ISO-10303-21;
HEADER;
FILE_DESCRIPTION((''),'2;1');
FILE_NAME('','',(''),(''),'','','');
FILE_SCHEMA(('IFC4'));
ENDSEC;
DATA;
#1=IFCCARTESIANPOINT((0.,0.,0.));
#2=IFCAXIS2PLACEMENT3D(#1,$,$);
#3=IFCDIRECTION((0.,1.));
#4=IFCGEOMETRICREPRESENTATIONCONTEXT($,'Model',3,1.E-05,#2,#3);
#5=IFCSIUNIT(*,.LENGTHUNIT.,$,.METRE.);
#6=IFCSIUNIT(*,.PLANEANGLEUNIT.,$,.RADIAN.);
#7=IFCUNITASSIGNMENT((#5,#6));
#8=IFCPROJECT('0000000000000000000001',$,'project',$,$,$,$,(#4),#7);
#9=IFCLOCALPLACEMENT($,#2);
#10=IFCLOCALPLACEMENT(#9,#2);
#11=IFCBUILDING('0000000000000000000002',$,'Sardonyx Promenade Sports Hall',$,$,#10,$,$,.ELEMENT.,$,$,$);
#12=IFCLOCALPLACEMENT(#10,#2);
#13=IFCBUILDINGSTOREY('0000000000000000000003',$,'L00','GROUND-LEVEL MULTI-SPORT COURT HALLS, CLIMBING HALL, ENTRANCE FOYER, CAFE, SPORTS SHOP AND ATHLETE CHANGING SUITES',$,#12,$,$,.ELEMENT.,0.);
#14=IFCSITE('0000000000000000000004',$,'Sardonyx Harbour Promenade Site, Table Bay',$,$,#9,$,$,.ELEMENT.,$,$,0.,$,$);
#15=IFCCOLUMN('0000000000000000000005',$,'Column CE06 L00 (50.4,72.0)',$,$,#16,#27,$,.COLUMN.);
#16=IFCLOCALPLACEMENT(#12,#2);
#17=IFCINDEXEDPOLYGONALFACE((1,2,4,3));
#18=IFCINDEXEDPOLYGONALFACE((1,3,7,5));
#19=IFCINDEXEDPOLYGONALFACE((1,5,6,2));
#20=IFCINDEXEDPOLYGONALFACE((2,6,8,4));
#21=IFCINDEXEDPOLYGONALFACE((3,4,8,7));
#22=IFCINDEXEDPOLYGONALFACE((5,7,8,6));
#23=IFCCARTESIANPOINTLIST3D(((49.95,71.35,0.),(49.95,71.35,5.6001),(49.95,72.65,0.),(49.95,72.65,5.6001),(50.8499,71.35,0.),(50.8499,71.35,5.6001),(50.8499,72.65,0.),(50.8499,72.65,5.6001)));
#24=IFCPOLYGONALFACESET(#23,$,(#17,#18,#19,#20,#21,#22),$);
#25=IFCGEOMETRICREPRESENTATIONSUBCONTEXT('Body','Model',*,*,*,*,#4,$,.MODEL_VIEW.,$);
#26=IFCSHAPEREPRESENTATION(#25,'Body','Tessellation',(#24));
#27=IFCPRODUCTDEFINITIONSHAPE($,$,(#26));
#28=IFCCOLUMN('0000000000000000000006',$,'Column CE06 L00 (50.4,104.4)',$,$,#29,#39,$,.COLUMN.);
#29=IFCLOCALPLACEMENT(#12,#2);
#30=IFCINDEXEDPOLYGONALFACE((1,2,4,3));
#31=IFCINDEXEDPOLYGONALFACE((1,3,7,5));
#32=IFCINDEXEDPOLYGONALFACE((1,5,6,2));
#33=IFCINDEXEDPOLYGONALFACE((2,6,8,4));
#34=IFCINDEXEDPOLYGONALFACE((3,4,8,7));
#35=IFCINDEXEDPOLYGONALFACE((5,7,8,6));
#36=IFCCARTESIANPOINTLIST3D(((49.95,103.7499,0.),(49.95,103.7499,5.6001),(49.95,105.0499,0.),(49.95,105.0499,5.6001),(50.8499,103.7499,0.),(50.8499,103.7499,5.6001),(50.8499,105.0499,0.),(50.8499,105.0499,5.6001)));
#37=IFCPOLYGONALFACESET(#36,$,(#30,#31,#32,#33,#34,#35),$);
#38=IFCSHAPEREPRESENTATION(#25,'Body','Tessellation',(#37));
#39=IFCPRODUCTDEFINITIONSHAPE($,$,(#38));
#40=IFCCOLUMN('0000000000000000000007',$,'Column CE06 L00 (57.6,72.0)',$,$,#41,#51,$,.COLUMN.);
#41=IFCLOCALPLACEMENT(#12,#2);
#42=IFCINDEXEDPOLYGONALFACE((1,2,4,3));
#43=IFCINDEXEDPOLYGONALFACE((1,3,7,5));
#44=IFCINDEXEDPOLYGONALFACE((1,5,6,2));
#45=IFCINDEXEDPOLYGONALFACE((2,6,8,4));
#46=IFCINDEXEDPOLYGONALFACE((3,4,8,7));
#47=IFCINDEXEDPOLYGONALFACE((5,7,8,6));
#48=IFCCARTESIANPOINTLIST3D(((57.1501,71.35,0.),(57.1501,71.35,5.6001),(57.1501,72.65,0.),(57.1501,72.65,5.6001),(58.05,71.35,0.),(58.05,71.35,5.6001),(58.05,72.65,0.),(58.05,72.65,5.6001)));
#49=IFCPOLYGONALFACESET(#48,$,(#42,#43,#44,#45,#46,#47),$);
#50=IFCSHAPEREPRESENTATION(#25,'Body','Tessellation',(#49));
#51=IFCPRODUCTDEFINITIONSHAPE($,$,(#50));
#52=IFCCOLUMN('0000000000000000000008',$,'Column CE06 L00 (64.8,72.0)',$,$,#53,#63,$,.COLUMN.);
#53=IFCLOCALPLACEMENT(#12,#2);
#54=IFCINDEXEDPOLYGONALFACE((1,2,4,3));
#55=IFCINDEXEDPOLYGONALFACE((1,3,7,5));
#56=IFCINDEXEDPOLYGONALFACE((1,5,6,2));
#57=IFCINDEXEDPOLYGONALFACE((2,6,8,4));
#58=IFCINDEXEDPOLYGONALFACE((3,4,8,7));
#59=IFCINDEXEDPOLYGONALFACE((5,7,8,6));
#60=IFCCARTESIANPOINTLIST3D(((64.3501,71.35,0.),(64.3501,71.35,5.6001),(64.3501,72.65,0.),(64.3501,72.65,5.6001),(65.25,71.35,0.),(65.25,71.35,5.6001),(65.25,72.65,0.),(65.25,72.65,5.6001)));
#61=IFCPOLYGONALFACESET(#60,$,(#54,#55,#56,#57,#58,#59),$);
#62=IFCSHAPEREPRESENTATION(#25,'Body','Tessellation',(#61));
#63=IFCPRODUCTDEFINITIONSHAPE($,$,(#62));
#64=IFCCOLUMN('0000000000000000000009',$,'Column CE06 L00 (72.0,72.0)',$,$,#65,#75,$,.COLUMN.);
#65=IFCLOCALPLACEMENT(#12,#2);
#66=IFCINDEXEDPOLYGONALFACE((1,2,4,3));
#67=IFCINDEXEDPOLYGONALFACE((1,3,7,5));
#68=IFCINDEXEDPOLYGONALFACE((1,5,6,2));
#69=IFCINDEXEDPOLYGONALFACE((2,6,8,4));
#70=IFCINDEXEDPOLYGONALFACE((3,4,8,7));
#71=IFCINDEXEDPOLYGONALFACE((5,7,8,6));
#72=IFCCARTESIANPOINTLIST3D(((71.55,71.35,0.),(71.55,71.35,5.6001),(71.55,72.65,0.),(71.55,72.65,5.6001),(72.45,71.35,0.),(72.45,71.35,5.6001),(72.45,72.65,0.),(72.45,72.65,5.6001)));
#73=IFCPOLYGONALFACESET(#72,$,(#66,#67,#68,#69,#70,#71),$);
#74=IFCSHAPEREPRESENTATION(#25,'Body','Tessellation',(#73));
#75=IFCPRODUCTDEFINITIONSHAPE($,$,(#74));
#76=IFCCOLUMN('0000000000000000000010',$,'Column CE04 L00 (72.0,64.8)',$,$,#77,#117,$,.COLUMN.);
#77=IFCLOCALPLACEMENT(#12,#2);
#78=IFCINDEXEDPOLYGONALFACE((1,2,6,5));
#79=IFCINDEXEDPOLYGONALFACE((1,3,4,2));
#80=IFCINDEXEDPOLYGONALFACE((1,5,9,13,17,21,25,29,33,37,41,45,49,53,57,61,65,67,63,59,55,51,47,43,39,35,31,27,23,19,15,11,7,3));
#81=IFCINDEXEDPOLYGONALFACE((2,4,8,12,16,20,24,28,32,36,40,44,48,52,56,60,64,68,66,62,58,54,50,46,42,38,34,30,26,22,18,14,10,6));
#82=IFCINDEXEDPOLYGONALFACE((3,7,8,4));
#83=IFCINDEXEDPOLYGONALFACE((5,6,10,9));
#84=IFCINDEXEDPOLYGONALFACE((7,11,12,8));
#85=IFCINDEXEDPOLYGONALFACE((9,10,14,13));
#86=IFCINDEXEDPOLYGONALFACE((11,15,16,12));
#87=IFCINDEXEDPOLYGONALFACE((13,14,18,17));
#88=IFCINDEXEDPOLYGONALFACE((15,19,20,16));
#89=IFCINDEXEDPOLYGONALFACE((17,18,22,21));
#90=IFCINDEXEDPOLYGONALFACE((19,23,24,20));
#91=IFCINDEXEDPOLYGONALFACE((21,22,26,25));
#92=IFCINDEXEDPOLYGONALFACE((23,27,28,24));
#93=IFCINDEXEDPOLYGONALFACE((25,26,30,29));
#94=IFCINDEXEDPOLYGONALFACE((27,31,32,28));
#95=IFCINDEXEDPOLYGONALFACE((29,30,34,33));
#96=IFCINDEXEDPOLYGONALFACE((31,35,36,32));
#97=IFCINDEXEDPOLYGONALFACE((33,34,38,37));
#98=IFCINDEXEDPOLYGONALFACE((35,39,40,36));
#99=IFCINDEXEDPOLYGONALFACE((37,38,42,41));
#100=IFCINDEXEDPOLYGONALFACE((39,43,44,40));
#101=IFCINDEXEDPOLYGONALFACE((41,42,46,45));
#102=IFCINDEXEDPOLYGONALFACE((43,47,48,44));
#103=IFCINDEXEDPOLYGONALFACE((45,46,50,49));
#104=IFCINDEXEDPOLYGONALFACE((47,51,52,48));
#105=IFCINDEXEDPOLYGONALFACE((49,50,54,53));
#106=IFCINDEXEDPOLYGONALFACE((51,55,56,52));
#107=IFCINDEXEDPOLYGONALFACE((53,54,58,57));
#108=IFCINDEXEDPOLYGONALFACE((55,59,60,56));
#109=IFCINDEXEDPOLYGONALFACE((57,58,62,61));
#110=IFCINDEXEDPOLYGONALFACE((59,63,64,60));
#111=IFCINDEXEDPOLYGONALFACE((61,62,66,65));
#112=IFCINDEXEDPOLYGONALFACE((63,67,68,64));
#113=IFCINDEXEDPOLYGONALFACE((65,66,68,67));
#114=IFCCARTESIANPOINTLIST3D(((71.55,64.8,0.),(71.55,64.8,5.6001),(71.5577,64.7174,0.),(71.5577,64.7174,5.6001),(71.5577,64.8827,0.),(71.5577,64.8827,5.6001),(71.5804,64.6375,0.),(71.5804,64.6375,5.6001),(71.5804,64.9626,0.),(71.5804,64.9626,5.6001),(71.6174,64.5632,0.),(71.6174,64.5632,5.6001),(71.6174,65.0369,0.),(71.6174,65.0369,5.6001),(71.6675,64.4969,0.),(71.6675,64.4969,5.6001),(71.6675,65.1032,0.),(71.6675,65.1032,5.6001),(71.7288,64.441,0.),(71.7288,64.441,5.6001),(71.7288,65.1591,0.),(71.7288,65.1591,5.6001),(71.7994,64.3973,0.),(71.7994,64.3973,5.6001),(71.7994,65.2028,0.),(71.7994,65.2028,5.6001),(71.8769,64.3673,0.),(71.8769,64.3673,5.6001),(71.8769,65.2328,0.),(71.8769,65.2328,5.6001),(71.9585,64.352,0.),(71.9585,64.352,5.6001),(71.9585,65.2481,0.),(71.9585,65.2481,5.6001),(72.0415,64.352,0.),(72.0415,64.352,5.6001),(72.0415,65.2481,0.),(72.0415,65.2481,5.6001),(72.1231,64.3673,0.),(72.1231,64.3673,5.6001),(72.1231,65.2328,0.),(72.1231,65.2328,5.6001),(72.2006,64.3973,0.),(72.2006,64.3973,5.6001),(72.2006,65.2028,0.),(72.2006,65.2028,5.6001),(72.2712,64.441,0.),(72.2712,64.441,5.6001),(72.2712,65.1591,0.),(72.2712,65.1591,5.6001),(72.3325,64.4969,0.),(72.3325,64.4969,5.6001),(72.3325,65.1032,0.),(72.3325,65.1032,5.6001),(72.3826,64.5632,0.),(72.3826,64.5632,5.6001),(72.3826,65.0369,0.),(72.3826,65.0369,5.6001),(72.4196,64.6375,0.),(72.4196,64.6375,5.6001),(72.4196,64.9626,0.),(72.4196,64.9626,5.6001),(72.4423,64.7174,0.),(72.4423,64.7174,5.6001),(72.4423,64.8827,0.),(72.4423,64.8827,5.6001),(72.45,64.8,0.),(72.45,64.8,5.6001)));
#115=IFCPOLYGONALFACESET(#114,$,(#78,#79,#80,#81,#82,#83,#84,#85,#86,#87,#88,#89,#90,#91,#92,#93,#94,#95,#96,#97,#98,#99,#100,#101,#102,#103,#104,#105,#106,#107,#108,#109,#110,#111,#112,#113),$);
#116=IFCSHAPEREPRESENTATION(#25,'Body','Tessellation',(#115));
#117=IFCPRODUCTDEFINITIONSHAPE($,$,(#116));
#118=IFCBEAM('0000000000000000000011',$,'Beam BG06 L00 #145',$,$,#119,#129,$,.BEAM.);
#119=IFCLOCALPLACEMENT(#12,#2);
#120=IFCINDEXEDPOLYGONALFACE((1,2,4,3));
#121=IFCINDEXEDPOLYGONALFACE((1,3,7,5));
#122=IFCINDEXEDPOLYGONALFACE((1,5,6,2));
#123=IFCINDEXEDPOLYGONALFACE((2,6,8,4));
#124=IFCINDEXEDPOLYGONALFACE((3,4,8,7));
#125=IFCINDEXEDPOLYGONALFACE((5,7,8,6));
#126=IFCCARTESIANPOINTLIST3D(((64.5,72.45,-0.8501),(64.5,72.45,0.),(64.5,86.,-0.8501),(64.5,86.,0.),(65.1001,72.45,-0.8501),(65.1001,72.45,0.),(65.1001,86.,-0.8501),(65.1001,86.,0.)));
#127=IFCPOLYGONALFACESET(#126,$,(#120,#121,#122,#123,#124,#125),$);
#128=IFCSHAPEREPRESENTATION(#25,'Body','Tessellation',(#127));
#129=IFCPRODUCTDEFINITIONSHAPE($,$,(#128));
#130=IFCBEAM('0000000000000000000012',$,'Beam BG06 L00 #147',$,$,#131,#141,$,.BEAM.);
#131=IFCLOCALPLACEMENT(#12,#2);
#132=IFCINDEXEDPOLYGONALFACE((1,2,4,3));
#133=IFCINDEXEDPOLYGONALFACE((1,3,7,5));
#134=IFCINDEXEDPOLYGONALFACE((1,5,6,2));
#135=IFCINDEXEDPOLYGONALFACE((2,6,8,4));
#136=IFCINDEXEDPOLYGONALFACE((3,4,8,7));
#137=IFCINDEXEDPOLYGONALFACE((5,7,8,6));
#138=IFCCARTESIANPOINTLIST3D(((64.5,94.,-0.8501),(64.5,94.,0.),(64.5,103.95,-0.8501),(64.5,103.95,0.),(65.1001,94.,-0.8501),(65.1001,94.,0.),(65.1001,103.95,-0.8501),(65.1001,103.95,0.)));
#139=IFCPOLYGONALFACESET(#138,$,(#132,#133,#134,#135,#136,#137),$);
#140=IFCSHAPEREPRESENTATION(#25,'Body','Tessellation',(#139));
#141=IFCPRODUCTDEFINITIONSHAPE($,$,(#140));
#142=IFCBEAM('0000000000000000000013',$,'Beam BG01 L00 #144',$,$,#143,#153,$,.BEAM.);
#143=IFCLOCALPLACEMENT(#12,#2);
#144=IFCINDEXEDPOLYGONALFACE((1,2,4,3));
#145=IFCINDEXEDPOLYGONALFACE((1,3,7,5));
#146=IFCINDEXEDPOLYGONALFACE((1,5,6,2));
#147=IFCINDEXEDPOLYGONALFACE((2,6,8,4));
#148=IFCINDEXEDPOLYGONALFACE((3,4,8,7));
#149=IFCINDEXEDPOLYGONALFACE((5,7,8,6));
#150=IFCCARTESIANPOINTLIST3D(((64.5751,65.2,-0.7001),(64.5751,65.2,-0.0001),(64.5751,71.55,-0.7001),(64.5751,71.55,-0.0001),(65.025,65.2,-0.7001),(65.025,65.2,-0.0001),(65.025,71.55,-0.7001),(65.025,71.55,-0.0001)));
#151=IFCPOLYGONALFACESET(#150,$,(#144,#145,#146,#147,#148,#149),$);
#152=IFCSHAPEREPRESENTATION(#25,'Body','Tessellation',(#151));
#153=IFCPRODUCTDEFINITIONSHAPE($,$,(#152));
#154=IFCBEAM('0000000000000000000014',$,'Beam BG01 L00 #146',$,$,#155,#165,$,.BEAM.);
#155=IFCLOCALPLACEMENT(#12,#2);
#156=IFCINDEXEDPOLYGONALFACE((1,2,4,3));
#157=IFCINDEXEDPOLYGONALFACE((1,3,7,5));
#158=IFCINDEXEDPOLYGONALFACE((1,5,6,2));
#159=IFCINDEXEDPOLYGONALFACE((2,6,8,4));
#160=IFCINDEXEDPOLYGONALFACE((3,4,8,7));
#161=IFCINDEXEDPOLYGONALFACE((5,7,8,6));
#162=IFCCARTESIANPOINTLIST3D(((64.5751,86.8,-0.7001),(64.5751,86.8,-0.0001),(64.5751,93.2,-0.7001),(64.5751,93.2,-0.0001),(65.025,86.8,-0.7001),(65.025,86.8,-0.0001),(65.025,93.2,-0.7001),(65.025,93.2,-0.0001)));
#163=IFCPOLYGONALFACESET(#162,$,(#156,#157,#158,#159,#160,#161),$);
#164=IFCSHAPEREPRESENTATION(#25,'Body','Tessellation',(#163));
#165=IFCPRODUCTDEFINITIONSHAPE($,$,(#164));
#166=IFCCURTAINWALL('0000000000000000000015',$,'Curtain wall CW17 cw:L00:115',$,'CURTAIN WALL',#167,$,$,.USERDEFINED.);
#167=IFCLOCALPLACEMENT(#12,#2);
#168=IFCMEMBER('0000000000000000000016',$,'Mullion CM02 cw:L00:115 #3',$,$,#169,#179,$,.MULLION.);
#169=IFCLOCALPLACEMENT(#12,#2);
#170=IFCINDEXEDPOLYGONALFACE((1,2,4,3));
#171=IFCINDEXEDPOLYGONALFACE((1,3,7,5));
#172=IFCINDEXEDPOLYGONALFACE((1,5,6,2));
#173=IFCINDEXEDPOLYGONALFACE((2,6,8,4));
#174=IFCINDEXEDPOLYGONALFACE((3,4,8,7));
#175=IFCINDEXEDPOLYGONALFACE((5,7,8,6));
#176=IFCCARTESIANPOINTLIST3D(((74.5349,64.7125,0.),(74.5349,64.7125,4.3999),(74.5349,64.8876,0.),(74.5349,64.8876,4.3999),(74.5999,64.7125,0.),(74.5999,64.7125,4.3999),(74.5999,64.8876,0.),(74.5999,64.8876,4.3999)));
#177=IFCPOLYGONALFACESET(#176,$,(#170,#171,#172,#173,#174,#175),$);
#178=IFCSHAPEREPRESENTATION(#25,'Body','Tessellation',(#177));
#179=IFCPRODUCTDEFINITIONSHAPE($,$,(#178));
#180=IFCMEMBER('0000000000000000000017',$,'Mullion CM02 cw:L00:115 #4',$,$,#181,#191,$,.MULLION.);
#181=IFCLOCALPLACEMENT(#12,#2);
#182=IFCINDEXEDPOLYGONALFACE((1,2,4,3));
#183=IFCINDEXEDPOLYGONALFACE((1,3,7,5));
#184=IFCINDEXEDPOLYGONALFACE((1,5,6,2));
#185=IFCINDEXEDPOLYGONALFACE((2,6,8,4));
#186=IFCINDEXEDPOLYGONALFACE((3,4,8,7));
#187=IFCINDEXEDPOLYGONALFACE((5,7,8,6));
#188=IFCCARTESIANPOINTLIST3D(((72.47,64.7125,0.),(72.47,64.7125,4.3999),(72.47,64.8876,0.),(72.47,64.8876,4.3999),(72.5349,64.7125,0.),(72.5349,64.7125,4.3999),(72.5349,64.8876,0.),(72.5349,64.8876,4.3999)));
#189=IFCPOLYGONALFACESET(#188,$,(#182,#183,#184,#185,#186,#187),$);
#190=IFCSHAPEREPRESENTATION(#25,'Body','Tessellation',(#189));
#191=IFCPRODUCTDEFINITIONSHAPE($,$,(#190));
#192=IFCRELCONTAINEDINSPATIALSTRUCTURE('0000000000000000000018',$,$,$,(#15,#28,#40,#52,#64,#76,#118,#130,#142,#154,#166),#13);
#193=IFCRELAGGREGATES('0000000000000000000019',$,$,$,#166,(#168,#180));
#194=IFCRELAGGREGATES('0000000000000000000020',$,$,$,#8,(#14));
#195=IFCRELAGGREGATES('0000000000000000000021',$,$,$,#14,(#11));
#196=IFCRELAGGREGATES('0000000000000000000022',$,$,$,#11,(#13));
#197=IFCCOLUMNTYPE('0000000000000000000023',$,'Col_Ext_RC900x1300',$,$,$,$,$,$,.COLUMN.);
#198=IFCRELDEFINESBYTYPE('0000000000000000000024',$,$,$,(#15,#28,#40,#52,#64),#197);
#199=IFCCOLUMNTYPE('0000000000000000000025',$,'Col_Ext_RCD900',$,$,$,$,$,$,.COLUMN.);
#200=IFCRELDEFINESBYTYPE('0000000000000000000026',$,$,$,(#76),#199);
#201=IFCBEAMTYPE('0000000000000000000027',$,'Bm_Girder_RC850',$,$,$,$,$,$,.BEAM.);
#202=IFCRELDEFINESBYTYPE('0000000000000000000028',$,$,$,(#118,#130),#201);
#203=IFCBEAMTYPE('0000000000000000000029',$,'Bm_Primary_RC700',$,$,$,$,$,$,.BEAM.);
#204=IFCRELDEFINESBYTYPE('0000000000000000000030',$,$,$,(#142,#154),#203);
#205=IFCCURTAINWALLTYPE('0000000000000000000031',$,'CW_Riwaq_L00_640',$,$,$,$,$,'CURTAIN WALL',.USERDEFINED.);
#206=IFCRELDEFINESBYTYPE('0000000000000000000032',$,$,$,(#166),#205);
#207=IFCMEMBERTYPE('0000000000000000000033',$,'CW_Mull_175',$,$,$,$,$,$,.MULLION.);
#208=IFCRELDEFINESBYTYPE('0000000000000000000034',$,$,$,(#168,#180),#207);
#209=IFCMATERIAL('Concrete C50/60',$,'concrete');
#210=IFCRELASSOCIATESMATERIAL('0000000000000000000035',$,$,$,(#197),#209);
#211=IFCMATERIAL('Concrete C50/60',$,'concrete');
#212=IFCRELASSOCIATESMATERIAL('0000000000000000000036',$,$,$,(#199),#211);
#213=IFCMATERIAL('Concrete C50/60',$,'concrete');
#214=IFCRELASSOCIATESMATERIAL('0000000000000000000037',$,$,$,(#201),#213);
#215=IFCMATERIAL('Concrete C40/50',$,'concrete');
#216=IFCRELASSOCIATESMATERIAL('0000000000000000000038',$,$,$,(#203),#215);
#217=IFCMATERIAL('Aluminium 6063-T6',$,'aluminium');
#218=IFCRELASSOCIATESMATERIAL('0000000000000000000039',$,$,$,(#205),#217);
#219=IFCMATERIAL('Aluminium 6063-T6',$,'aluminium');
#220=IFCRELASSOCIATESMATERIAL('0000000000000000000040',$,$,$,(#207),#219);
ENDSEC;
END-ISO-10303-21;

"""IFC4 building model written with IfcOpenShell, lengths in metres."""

from ifc_helpers import new_model, si_unit, direction, frame, origin, origin_2d, place, context, subcontext, project, spatial, rectangle, circle, extrude, material, material_profile, profile_set, type_object, element, aggregate, save


model = new_model("IFC4")

# Units and contexts
model_context = context("Model", 3, precision=1e-05, world=origin(), true_north=direction((0.0, 1.0)))
body_context = subcontext(model_context, "Body", "Model", "MODEL_VIEW")
ifc_project = project(units=[si_unit("LENGTHUNIT", "METRE"), si_unit("PLANEANGLEUNIT", "RADIAN")], contexts=[model_context])

# Site, building, storey
site_placement = place(None, origin())
site = spatial("IfcSite", under=ifc_project, at=site_placement, Name="Sardonyx Harbour Promenade Site, Table Bay", CompositionType="ELEMENT", RefElevation=0.0)
building_placement = place(site_placement, origin())
building = spatial("IfcBuilding", under=site, at=building_placement, Name="Sardonyx Promenade Sports Hall", CompositionType="ELEMENT")
storey_placement = place(building_placement, origin())
storey = spatial("IfcBuildingStorey", under=building, at=storey_placement, Name="L00", Description="GROUND-LEVEL MULTI-SPORT COURT HALLS, CLIMBING HALL, ENTRANCE FOYER, CAFE, SPORTS SHOP AND ATHLETE CHANGING SUITES", CompositionType="ELEMENT", Elevation=0.0)

# Columns
ifc_material_1 = material(Name="Concrete C50/60", Category="concrete")
ifc_material_profile_1 = material_profile(ifc_material_1, rectangle(XDim=0.8999, YDim=1.3, at=origin_2d()))
ifc_profile_set_1 = profile_set([ifc_material_profile_1], Name="Concrete C50/60")
column_type_1 = type_object("IfcColumnType", Name="Col_Ext_RC900x1300", PredefinedType="COLUMN", material=ifc_profile_set_1)
for number, where, z_axis, x_axis, name in (
    (1, (50.3999, 72.0, 0.0), (0.0, 0.0, 1.0), (1.0, 0.0, 0.0), "Column CE06 L00 (50.4,72.0)"),
    (2, (50.3999, 104.3999, 0.0), (0.0, 0.0, 1.0), (1.0, 0.0, 0.0), "Column CE06 L00 (50.4,104.4)"),
    (3, (57.6001, 72.0, 0.0), (0.0, 0.0, 1.0), (1.0, 0.0, 0.0), "Column CE06 L00 (57.6,72.0)"),
    (4, (64.8, 72.0, 0.0), (0.0, 0.0, 1.0), (1.0, 0.0, 0.0), "Column CE06 L00 (64.8,72.0)"),
    (5, (72.0, 72.0, 0.0), (0.0, 0.0, 1.0), (1.0, 0.0, 0.0), "Column CE06 L00 (72.0,72.0)"),
):
    element("IfcColumn", number, at=place(storey_placement, frame(where, z_axis=z_axis, x_axis=x_axis)), inside=storey, type_object=column_type_1, Name=name, PredefinedType="COLUMN", context=body_context, shape_type="SweptSolid", body=[
        extrude(rectangle(XDim=0.8999, YDim=1.3, at=origin_2d()), origin(), (0.0, 0.0, 1.0), 5.6001),
    ])
ifc_material_2 = material(Name="Concrete C50/60", Category="concrete")
ifc_material_profile_2 = material_profile(ifc_material_2, circle(Radius=0.45, at=origin_2d()))
ifc_profile_set_2 = profile_set([ifc_material_profile_2], Name="Concrete C50/60")
column_type_2 = type_object("IfcColumnType", Name="Col_Ext_RCD900", PredefinedType="COLUMN", material=ifc_profile_set_2)
column_placement = place(storey_placement, frame((72.0, 64.8, 0.0), z_axis=(0.0, 0.0, 1.0), x_axis=(1.0, 0.0, 0.0)))
element("IfcColumn", 6, at=column_placement, inside=storey, type_object=column_type_2, Name="Column CE04 L00 (72.0,64.8)", PredefinedType="COLUMN", context=body_context, shape_type="SweptSolid", body=[
    extrude(circle(Radius=0.45, at=origin_2d()), origin(), (0.0, 0.0, 1.0), 5.6001),
])

# Beams
ifc_material_3 = material(Name="Concrete C50/60", Category="concrete")
ifc_material_profile_3 = material_profile(ifc_material_3, rectangle(XDim=0.6001, YDim=0.8501, at=origin_2d()))
ifc_profile_set_3 = profile_set([ifc_material_profile_3], Name="Concrete C50/60")
beam_type_1 = type_object("IfcBeamType", Name="Bm_Girder_RC850", PredefinedType="BEAM", material=ifc_profile_set_3)
beam_1_placement = place(storey_placement, frame((64.8, 72.45, -0.425), z_axis=(0.0, 1.0, 0.0), x_axis=(-1.0, 0.0, 0.0)))
element("IfcBeam", 7, at=beam_1_placement, inside=storey, type_object=beam_type_1, Name="Beam BG06 L00 #145", PredefinedType="BEAM", context=body_context, shape_type="SweptSolid", body=[
    extrude(rectangle(XDim=0.6001, YDim=0.8501, at=origin_2d()), origin(), (0.0, 0.0, 1.0), 13.55),
])
beam_2_placement = place(storey_placement, frame((64.8, 94.0, -0.425), z_axis=(0.0, 1.0, 0.0), x_axis=(-1.0, 0.0, 0.0)))
element("IfcBeam", 8, at=beam_2_placement, inside=storey, type_object=beam_type_1, Name="Beam BG06 L00 #147", PredefinedType="BEAM", context=body_context, shape_type="SweptSolid", body=[
    extrude(rectangle(XDim=0.6001, YDim=0.8501, at=origin_2d()), origin(), (0.0, 0.0, 1.0), 9.95),
])
ifc_material_4 = material(Name="Concrete C40/50", Category="concrete")
ifc_material_profile_4 = material_profile(ifc_material_4, rectangle(XDim=0.45, YDim=0.7, at=origin_2d()))
ifc_profile_set_4 = profile_set([ifc_material_profile_4], Name="Concrete C40/50")
beam_type_2 = type_object("IfcBeamType", Name="Bm_Primary_RC700", PredefinedType="BEAM", material=ifc_profile_set_4)
beam_3_placement = place(storey_placement, frame((64.8, 65.2, -0.3501), z_axis=(0.0, 1.0, 0.0), x_axis=(-1.0, 0.0, 0.0)))
element("IfcBeam", 9, at=beam_3_placement, inside=storey, type_object=beam_type_2, Name="Beam BG01 L00 #144", PredefinedType="BEAM", context=body_context, shape_type="SweptSolid", body=[
    extrude(rectangle(XDim=0.45, YDim=0.7, at=origin_2d()), origin(), (0.0, 0.0, 1.0), 6.3501),
])
beam_4_placement = place(storey_placement, frame((64.8, 86.8, -0.3501), z_axis=(0.0, 1.0, 0.0), x_axis=(-1.0, 0.0, 0.0)))
element("IfcBeam", 10, at=beam_4_placement, inside=storey, type_object=beam_type_2, Name="Beam BG01 L00 #146", PredefinedType="BEAM", context=body_context, shape_type="SweptSolid", body=[
    extrude(rectangle(XDim=0.45, YDim=0.7, at=origin_2d()), origin(), (0.0, 0.0, 1.0), 6.3999),
])

# Curtain wall, members
ifc_material_5 = material(Name="Aluminium 6063-T6", Category="aluminium")
curtain_wall_type = type_object("IfcCurtainWallType", Name="CW_Riwaq_L00_640", ElementType="CURTAIN WALL", PredefinedType="USERDEFINED", material=ifc_material_5)
curtain_wall_placement = place(storey_placement, origin())
curtain_wall = element("IfcCurtainWall", 11, at=curtain_wall_placement, inside=storey, type_object=curtain_wall_type, Name="Curtain wall CW17 cw:L00:115", ObjectType="CURTAIN WALL", PredefinedType="USERDEFINED")
ifc_material_6 = material(Name="Aluminium 6063-T6", Category="aluminium")
ifc_material_profile_5 = material_profile(ifc_material_6, rectangle(XDim=0.0649, YDim=0.175, at=origin_2d()))
ifc_profile_set_5 = profile_set([ifc_material_profile_5], Name="Aluminium 6063-T6")
member_type_1 = type_object("IfcMemberType", Name="CW_Mull_175", PredefinedType="MULLION", material=ifc_profile_set_5)
member_1_placement = place(storey_placement, frame((74.5674, 64.8, 0.0), z_axis=(0.0, 0.0, 1.0), x_axis=(-1.0, 0.0, 0.0)))
member_1 = element("IfcMember", 12, at=member_1_placement, type_object=member_type_1, Name="Mullion CM02 cw:L00:115 #3", PredefinedType="MULLION", context=body_context, shape_type="SweptSolid", body=[
    extrude(rectangle(XDim=0.0649, YDim=0.175, at=origin_2d()), origin(), (0.0, 0.0, 1.0), 4.3999),
])
member_2_placement = place(storey_placement, frame((72.5024, 64.8, 0.0), z_axis=(0.0, 0.0, 1.0), x_axis=(-1.0, 0.0, 0.0)))
member_2 = element("IfcMember", 13, at=member_2_placement, type_object=member_type_1, Name="Mullion CM02 cw:L00:115 #4", PredefinedType="MULLION", context=body_context, shape_type="SweptSolid", body=[
    extrude(rectangle(XDim=0.0649, YDim=0.175, at=origin_2d()), origin(), (0.0, 0.0, 1.0), 4.3999),
])
aggregate(curtain_wall, [member_1, member_2])

save(model, "model.ifc")
